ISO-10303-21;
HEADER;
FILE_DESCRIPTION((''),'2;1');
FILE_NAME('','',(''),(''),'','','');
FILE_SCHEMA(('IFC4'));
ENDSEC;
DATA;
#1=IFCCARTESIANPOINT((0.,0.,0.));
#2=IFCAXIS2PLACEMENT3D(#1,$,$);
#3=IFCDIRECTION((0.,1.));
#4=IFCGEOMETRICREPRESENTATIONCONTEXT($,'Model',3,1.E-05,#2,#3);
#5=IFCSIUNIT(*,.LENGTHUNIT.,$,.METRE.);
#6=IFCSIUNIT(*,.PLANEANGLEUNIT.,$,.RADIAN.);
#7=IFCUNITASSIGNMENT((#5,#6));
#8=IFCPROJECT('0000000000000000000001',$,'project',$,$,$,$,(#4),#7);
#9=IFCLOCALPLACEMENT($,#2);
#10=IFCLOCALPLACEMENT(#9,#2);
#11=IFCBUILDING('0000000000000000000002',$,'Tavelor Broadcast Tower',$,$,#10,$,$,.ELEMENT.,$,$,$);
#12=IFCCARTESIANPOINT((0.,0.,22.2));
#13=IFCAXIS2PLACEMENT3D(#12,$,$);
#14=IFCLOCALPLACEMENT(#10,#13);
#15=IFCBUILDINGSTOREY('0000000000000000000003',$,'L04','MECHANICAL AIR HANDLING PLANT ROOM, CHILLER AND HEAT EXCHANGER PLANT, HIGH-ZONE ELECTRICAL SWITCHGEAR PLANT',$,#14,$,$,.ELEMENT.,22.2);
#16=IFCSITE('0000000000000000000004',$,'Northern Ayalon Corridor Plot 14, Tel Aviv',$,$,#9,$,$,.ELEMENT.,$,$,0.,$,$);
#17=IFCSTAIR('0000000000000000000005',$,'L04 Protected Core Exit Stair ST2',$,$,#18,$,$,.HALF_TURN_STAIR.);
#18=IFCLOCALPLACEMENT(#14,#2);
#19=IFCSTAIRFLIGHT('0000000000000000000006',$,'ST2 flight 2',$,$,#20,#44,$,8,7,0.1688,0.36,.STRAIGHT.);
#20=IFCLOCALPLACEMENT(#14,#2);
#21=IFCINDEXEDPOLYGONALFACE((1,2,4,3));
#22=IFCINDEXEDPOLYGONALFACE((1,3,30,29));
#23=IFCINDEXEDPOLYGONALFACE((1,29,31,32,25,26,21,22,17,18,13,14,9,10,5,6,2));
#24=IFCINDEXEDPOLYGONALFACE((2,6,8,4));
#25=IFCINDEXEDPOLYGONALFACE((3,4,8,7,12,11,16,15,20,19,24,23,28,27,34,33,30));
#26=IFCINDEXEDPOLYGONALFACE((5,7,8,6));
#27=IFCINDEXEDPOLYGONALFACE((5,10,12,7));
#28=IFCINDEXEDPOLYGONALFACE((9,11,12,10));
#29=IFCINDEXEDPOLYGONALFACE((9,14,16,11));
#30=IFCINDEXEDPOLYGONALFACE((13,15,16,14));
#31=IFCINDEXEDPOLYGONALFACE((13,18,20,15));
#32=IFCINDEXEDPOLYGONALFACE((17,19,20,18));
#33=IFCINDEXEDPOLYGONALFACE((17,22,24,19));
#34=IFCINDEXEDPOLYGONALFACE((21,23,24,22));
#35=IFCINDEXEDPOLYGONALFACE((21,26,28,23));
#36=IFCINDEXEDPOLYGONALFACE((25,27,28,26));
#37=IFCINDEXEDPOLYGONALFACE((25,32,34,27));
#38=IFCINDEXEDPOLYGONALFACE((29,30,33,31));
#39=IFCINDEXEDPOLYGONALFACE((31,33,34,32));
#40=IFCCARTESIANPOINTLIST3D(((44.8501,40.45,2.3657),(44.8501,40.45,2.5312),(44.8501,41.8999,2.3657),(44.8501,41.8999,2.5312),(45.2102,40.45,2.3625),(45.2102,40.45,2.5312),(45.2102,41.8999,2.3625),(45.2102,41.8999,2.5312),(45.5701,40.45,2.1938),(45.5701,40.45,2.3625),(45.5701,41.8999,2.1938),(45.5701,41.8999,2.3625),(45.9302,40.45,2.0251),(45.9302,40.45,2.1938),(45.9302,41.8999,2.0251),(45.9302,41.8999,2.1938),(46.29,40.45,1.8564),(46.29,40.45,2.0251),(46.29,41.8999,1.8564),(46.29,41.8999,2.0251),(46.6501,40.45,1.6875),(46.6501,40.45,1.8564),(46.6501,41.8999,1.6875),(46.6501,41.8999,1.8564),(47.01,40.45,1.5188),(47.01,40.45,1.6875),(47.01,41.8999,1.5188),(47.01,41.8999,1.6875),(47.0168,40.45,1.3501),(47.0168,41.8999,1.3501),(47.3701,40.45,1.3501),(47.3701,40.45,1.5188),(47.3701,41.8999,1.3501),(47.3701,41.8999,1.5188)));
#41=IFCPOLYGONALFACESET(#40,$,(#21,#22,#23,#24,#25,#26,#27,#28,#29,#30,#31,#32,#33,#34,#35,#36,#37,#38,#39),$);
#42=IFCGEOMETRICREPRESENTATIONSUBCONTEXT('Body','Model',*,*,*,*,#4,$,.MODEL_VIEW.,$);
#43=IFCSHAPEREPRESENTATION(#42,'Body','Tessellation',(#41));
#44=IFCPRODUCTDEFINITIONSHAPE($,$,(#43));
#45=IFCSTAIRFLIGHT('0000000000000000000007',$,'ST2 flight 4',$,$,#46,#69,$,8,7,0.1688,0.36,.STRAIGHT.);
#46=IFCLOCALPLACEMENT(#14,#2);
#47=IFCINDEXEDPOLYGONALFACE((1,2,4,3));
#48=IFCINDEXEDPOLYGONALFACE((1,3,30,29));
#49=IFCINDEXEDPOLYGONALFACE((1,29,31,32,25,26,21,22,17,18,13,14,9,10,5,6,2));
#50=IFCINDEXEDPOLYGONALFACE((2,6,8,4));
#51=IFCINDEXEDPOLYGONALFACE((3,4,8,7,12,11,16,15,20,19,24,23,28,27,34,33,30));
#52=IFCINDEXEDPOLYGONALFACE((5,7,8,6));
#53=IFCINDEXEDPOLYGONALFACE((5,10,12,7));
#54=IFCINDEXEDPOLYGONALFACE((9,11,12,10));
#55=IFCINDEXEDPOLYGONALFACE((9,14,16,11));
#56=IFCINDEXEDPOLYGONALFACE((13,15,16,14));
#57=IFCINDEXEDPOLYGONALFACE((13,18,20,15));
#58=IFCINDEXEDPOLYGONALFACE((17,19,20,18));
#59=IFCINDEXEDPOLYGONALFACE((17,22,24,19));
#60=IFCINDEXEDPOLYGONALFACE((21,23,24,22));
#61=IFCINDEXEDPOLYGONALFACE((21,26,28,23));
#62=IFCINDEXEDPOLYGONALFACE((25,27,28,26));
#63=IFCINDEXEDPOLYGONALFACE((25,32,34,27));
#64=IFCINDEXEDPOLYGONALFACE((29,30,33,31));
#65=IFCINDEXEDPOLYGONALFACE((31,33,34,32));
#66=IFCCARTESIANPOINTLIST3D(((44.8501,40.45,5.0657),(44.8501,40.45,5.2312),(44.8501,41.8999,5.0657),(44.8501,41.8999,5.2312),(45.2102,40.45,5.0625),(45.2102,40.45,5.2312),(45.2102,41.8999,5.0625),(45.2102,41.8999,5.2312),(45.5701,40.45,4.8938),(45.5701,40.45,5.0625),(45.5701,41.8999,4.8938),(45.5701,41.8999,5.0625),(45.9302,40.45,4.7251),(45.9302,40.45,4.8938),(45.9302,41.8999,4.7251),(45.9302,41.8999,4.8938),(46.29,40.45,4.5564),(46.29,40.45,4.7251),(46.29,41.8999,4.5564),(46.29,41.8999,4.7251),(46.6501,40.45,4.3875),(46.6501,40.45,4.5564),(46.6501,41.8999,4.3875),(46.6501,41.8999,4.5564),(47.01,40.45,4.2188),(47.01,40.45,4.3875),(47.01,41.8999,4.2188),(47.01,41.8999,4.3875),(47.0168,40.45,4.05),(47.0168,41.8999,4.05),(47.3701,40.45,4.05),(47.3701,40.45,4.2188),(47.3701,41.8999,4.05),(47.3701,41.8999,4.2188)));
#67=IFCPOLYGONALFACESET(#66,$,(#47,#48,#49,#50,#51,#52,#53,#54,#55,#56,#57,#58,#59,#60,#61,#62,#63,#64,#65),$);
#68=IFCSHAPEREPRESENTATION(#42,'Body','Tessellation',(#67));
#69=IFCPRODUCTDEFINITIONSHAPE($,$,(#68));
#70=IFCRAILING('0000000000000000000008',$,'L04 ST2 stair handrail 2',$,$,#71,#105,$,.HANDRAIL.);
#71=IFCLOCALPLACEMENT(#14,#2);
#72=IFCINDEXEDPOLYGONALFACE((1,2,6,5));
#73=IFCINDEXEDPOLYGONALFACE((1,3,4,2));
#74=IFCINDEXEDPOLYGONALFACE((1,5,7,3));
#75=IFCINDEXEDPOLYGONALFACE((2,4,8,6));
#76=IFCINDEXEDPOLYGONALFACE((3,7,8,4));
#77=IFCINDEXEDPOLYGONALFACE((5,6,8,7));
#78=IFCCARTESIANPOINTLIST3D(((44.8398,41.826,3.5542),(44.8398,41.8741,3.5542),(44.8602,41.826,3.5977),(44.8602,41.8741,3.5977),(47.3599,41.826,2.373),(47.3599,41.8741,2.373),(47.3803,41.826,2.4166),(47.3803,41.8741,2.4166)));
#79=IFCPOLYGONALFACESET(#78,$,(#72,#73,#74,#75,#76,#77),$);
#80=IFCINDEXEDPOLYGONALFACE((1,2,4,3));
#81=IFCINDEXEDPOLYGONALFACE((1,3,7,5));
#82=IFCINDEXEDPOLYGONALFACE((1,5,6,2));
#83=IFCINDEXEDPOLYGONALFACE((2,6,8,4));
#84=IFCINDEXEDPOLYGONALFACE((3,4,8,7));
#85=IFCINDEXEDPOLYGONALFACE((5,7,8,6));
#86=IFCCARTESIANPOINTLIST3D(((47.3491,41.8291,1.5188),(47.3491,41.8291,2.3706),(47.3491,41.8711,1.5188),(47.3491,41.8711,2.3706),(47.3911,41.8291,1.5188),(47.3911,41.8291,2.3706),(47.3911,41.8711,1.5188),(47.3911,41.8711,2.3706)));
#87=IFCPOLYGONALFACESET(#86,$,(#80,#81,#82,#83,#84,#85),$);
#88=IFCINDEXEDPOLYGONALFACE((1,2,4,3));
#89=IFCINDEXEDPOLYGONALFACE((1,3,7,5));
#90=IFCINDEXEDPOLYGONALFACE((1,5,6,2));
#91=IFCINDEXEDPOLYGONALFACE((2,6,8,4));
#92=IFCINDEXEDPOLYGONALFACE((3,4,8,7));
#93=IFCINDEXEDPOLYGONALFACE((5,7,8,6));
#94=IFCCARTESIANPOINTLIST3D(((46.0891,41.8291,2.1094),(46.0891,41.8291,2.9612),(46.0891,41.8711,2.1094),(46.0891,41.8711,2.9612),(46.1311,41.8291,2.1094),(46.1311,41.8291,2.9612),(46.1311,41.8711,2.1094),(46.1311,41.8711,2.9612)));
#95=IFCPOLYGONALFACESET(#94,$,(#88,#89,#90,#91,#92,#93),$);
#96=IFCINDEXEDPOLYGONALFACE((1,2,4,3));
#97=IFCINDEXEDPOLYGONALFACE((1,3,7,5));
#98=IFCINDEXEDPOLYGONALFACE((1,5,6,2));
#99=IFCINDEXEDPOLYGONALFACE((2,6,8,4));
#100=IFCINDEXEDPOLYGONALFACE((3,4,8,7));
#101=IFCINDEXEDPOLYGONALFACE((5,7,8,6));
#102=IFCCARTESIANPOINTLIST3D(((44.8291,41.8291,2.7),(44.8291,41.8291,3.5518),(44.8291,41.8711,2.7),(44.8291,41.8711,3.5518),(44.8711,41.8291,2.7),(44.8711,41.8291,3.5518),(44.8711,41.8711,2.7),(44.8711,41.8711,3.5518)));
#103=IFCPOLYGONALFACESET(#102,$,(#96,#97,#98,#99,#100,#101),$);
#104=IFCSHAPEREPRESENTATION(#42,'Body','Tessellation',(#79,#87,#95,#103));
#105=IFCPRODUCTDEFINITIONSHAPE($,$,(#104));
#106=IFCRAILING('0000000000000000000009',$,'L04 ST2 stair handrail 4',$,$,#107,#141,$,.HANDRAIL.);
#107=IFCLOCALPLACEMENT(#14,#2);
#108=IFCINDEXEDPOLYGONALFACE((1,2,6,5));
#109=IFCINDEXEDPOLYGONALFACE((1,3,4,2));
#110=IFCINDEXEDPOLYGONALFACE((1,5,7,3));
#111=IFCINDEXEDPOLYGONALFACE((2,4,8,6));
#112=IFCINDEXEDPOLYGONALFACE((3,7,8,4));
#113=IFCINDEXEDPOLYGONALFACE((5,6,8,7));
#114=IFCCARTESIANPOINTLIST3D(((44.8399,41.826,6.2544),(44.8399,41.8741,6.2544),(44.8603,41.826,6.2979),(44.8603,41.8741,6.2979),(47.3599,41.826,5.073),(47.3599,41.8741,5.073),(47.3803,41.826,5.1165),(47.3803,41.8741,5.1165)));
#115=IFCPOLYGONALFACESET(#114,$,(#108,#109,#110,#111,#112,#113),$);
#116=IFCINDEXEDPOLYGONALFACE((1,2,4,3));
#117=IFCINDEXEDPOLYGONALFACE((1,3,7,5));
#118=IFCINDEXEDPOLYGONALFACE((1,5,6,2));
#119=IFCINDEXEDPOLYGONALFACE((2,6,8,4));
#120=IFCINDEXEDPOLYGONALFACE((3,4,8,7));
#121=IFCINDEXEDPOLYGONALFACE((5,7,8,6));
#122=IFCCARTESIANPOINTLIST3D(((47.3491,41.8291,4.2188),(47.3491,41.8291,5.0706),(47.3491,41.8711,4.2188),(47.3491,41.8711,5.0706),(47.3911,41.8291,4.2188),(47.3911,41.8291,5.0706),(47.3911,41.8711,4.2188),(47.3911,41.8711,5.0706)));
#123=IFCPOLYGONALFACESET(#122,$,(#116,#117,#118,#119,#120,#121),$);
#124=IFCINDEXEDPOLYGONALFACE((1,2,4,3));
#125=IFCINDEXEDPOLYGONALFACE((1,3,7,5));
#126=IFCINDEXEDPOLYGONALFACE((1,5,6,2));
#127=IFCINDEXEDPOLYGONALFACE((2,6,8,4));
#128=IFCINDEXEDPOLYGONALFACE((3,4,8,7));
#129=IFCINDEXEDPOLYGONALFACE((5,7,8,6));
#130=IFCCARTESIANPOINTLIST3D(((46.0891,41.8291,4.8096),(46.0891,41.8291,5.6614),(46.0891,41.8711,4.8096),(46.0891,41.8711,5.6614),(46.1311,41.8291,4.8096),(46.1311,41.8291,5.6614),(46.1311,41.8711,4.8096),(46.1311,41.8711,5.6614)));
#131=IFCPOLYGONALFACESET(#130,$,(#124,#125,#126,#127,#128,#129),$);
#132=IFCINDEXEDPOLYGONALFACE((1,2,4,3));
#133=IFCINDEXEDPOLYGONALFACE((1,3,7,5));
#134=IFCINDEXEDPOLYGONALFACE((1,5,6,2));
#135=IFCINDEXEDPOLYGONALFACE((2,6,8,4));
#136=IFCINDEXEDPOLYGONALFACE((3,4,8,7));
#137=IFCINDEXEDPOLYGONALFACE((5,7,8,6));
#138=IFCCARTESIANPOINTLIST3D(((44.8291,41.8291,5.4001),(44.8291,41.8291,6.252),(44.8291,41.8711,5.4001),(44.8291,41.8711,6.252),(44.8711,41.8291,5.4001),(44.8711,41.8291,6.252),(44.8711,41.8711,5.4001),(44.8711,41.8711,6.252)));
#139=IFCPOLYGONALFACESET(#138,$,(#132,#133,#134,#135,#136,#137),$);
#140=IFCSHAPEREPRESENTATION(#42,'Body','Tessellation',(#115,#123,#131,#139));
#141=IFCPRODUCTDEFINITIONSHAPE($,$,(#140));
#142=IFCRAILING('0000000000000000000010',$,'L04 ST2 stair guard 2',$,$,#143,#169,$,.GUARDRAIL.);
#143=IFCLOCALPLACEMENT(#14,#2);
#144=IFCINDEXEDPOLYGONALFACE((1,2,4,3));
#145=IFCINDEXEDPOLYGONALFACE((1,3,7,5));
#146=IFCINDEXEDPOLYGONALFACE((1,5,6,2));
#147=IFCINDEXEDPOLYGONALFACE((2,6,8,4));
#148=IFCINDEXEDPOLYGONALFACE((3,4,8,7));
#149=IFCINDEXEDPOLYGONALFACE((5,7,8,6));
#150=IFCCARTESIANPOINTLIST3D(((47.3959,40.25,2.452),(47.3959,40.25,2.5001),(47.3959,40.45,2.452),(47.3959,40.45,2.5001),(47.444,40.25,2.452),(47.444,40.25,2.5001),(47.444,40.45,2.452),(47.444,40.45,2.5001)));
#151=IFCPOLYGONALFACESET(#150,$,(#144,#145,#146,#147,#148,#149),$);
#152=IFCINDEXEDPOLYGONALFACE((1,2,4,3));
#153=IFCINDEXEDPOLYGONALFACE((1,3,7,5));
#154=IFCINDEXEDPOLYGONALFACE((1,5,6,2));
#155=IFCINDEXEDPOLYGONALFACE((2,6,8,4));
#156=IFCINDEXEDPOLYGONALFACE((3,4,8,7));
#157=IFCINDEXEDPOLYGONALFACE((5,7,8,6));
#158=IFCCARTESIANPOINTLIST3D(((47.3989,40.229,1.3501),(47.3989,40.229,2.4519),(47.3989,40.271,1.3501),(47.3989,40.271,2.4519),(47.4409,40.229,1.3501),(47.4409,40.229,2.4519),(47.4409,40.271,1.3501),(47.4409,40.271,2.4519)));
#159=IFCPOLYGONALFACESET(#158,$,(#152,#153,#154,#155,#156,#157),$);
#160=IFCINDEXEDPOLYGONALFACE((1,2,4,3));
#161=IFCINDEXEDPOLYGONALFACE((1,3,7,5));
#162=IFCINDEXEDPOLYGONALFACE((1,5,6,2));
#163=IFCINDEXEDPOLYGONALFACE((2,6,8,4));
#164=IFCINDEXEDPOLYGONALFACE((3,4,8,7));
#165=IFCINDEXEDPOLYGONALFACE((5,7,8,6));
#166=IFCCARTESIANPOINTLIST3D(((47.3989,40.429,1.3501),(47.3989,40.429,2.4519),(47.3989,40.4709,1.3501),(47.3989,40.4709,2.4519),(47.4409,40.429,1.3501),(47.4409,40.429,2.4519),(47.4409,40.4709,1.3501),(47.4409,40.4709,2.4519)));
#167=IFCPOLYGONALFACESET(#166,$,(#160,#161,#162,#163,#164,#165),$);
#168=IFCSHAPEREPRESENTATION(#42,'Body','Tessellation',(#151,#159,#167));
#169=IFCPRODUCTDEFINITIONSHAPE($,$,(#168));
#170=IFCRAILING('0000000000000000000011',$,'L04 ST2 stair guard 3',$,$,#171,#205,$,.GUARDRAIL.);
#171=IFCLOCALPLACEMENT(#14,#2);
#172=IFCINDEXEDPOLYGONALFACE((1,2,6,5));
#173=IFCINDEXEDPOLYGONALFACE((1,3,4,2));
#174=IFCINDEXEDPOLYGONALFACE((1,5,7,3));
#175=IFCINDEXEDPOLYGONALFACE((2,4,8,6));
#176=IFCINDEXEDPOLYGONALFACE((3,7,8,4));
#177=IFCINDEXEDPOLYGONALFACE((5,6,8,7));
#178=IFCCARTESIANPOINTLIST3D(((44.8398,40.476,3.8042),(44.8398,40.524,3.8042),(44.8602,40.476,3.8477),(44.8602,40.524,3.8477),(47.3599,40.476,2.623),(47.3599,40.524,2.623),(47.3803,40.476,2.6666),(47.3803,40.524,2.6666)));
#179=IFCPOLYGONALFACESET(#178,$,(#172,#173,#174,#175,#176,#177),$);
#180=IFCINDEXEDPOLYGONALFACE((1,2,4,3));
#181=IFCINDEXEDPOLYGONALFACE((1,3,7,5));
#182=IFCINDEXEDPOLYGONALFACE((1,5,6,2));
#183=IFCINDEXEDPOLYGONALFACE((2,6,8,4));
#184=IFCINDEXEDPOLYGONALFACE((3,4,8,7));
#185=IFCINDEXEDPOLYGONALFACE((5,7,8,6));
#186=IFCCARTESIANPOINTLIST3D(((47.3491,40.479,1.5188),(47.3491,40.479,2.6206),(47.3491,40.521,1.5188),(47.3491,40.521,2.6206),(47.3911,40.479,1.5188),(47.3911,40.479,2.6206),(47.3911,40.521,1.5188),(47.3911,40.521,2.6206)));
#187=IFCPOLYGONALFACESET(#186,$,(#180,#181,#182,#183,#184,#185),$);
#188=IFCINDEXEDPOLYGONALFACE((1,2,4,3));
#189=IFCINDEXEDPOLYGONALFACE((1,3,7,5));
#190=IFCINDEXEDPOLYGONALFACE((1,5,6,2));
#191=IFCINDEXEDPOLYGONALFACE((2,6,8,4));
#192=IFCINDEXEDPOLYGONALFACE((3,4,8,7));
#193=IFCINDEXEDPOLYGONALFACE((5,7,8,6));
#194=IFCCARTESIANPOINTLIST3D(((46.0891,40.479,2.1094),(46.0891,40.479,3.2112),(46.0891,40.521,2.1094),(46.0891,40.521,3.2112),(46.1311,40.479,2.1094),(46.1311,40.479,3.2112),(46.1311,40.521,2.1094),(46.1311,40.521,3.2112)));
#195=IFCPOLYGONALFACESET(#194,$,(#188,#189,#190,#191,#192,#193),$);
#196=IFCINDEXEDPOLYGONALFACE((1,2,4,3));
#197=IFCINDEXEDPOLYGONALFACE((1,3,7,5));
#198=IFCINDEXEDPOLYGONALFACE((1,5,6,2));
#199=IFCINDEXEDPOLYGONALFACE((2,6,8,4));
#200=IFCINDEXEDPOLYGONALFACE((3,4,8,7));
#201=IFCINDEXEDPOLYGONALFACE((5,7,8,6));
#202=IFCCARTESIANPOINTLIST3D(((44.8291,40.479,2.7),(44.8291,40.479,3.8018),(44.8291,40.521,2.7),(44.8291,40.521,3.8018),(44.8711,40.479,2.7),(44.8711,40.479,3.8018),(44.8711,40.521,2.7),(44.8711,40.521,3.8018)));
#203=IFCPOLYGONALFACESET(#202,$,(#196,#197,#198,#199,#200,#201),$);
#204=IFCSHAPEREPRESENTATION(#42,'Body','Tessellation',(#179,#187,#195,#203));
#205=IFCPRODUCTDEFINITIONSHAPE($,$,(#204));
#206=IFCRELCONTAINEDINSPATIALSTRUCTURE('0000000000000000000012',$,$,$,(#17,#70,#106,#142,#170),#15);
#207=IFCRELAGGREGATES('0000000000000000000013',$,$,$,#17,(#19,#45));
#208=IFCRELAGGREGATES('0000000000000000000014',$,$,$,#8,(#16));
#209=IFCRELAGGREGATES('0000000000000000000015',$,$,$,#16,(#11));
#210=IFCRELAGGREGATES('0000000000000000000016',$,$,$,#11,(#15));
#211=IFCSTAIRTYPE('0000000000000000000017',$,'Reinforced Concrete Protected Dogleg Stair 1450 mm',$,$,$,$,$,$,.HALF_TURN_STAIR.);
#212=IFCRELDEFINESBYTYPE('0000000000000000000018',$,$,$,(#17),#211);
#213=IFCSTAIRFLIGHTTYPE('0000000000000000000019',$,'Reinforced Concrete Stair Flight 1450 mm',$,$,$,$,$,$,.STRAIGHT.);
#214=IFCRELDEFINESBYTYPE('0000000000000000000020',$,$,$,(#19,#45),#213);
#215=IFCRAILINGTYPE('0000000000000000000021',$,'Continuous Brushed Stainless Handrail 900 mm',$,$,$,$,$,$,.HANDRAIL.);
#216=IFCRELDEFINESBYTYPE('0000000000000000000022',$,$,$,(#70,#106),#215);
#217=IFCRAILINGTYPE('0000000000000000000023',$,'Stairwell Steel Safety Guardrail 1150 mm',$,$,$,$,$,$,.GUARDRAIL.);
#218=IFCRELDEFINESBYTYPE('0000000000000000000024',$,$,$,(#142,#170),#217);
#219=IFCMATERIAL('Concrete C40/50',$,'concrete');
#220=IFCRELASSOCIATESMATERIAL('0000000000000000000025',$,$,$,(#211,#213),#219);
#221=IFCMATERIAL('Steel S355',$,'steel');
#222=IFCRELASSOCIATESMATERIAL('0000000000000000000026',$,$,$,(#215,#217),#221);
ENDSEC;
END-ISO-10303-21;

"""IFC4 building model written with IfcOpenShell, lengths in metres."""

from ifc_helpers import new_model, si_unit, direction, frame, origin, origin_2d, place, context, subcontext, project, spatial, polyline, rectangle, outline, extrude, material, type_object, element, aggregate, save


model = new_model("IFC4")

# Units and contexts
model_context = context("Model", 3, precision=1e-05, world=origin(), true_north=direction((0.0, 1.0)))
body_context = subcontext(model_context, "Body", "Model", "MODEL_VIEW")
ifc_project = project(units=[si_unit("LENGTHUNIT", "METRE"), si_unit("PLANEANGLEUNIT", "RADIAN")], contexts=[model_context])

# Site, building, storey
site_placement = place(None, origin())
site = spatial("IfcSite", under=ifc_project, at=site_placement, Name="Northern Ayalon Corridor Plot 14, Tel Aviv", CompositionType="ELEMENT", RefElevation=0.0)
building_placement = place(site_placement, origin())
building = spatial("IfcBuilding", under=site, at=building_placement, Name="Tavelor Broadcast Tower", CompositionType="ELEMENT")
storey_placement = place(building_placement, frame((0.0, 0.0, 22.2)))
storey = spatial("IfcBuildingStorey", under=building, at=storey_placement, Name="L04", Description="MECHANICAL AIR HANDLING PLANT ROOM, CHILLER AND HEAT EXCHANGER PLANT, HIGH-ZONE ELECTRICAL SWITCHGEAR PLANT", CompositionType="ELEMENT", Elevation=22.2)

# Shared definitions
ifc_material_1 = material(Name="Concrete C40/50", Category="concrete")
ifc_material_2 = material(Name="Steel S355", Category="steel")

# Stair, stair flights
stair_type = type_object("IfcStairType", Name="Reinforced Concrete Protected Dogleg Stair 1450 mm", PredefinedType="HALF_TURN_STAIR", material=ifc_material_1)
stair_placement = place(storey_placement, origin())
stair = element("IfcStair", 1, at=stair_placement, inside=storey, type_object=stair_type, Name="L04 Protected Core Exit Stair ST2", PredefinedType="HALF_TURN_STAIR")
stair_flight_type = type_object("IfcStairFlightType", Name="Reinforced Concrete Stair Flight 1450 mm", PredefinedType="STRAIGHT", material=ifc_material_1)
stair_flight_1_placement = place(storey_placement, frame((47.3701, 41.175, 1.3501), z_axis=(0.0, 0.0, 1.0), x_axis=(-1.0, 0.0, 0.0)))
stair_flight_1 = element("IfcStairFlight", 2, at=stair_flight_1_placement, type_object=stair_flight_type, Name="ST2 flight 2", NumberOfRisers=8, NumberOfTreads=7, PredefinedType="STRAIGHT", RiserHeight=0.1688, TreadLength=0.36, context=body_context, shape_type="SweptSolid", body=[
    extrude(outline(polyline([(0.0, 0.0), (0.0, 0.1687), (0.3601, 0.1687), (0.3601, 0.3374), (0.72, 0.3374), (0.72, 0.5063), (1.0801, 0.5063), (1.0801, 0.675), (1.4399, 0.675), (1.4399, 0.8438), (1.8, 0.8438), (1.8, 1.0125), (2.1599, 1.0125), (2.1599, 1.1812), (2.52, 1.1812), (2.52, 1.3501), (2.52, 1.0156), (0.3533, 0.0), (0.0, 0.0)])), frame((0.0, 0.7251, 0.0), z_axis=(0.0, -1.0, 0.0), x_axis=(1.0, 0.0, 0.0)), (0.0, 0.0, 1.0), 1.45),
])
stair_flight_2_placement = place(storey_placement, frame((47.3701, 41.175, 4.05), z_axis=(0.0, 0.0, 1.0), x_axis=(-1.0, 0.0, 0.0)))
stair_flight_2 = element("IfcStairFlight", 3, at=stair_flight_2_placement, type_object=stair_flight_type, Name="ST2 flight 4", NumberOfRisers=8, NumberOfTreads=7, PredefinedType="STRAIGHT", RiserHeight=0.1688, TreadLength=0.36, context=body_context, shape_type="SweptSolid", body=[
    extrude(outline(polyline([(0.0, 0.0), (0.0, 0.1687), (0.3601, 0.1687), (0.3601, 0.3374), (0.72, 0.3374), (0.72, 0.5063), (1.0801, 0.5063), (1.0801, 0.675), (1.4399, 0.675), (1.4399, 0.8438), (1.8, 0.8438), (1.8, 1.0125), (2.1599, 1.0125), (2.1599, 1.1812), (2.52, 1.1812), (2.52, 1.3501), (2.52, 1.0156), (0.3533, 0.0), (0.0, 0.0)])), frame((0.0, 0.7251, 0.0), z_axis=(0.0, -1.0, 0.0), x_axis=(1.0, 0.0, 0.0)), (0.0, 0.0, 1.0), 1.45),
])
aggregate(stair, [stair_flight_1, stair_flight_2])

# Railings
railing_type_1 = type_object("IfcRailingType", Name="Continuous Brushed Stainless Handrail 900 mm", PredefinedType="HANDRAIL", material=ifc_material_2)
railing_1_placement = place(storey_placement, frame((47.3701, 41.8501, 1.5188)))
element("IfcRailing", 4, at=railing_1_placement, inside=storey, type_object=railing_type_1, Name="L04 ST2 stair handrail 2", PredefinedType="HANDRAIL", context=body_context, shape_type="SweptSolid", body=[
    extrude(rectangle(XDim=0.0481, YDim=0.0481, at=origin_2d()), frame((0.0, 0.0, 0.876), z_axis=(-0.905474, 0.0, 0.424402), x_axis=(0.0, -1.0, 0.0)), (0.0, 0.0, 1.0), 2.7832),
    extrude(rectangle(XDim=0.042, YDim=0.042, at=origin_2d()), origin(), (0.0, 0.0, 1.0), 0.8518),
    extrude(rectangle(XDim=0.042, YDim=0.042, at=origin_2d()), frame((-1.26, 0.0, 0.5906)), (0.0, 0.0, 1.0), 0.8518),
    extrude(rectangle(XDim=0.042, YDim=0.042, at=origin_2d()), frame((-2.52, 0.0, 1.1812)), (0.0, 0.0, 1.0), 0.8518),
])
railing_2_placement = place(storey_placement, frame((47.3701, 41.8501, 4.2188)))
element("IfcRailing", 5, at=railing_2_placement, inside=storey, type_object=railing_type_1, Name="L04 ST2 stair handrail 4", PredefinedType="HANDRAIL", context=body_context, shape_type="SweptSolid", body=[
    extrude(rectangle(XDim=0.0481, YDim=0.0481, at=origin_2d()), frame((0.0, 0.0, 0.876), z_axis=(-0.90544, 0.0, 0.424474), x_axis=(0.0, -1.0, 0.0)), (0.0, 0.0, 1.0), 2.7832),
    extrude(rectangle(XDim=0.042, YDim=0.042, at=origin_2d()), origin(), (0.0, 0.0, 1.0), 0.8518),
    extrude(rectangle(XDim=0.042, YDim=0.042, at=origin_2d()), frame((-1.26, 0.0, 0.5908)), (0.0, 0.0, 1.0), 0.8518),
    extrude(rectangle(XDim=0.042, YDim=0.042, at=origin_2d()), frame((-2.52, 0.0, 1.1814)), (0.0, 0.0, 1.0), 0.8518),
])
railing_type_2 = type_object("IfcRailingType", Name="Stairwell Steel Safety Guardrail 1150 mm", PredefinedType="GUARDRAIL", material=ifc_material_2)
railing_3_placement = place(storey_placement, frame((47.4199, 40.25, 1.3501)))
element("IfcRailing", 6, at=railing_3_placement, inside=storey, type_object=railing_type_2, Name="L04 ST2 stair guard 2", PredefinedType="GUARDRAIL", context=body_context, shape_type="SweptSolid", body=[
    extrude(rectangle(XDim=0.0481, YDim=0.0481, at=origin_2d()), frame((0.0, 0.0, 1.126), z_axis=(0.0, 1.0, 0.0), x_axis=(-1.0, 0.0, 0.0)), (0.0, 0.0, 1.0), 0.2),
    extrude(rectangle(XDim=0.042, YDim=0.042, at=origin_2d()), origin(), (0.0, 0.0, 1.0), 1.1018),
    extrude(rectangle(XDim=0.042, YDim=0.042, at=origin_2d()), frame((0.0, 0.2, 0.0)), (0.0, 0.0, 1.0), 1.1018),
])
railing_4_placement = place(storey_placement, frame((47.3701, 40.5, 1.5188)))
element("IfcRailing", 7, at=railing_4_placement, inside=storey, type_object=railing_type_2, Name="L04 ST2 stair guard 3", PredefinedType="GUARDRAIL", context=body_context, shape_type="SweptSolid", body=[
    extrude(rectangle(XDim=0.0481, YDim=0.0481, at=origin_2d()), frame((0.0, 0.0, 1.126), z_axis=(-0.905474, 0.0, 0.424402), x_axis=(0.0, -1.0, 0.0)), (0.0, 0.0, 1.0), 2.7832),
    extrude(rectangle(XDim=0.042, YDim=0.042, at=origin_2d()), origin(), (0.0, 0.0, 1.0), 1.1018),
    extrude(rectangle(XDim=0.042, YDim=0.042, at=origin_2d()), frame((-1.26, 0.0, 0.5906)), (0.0, 0.0, 1.0), 1.1018),
    extrude(rectangle(XDim=0.042, YDim=0.042, at=origin_2d()), frame((-2.52, 0.0, 1.1812)), (0.0, 0.0, 1.0), 1.1018),
])

save(model, "model.ifc")
